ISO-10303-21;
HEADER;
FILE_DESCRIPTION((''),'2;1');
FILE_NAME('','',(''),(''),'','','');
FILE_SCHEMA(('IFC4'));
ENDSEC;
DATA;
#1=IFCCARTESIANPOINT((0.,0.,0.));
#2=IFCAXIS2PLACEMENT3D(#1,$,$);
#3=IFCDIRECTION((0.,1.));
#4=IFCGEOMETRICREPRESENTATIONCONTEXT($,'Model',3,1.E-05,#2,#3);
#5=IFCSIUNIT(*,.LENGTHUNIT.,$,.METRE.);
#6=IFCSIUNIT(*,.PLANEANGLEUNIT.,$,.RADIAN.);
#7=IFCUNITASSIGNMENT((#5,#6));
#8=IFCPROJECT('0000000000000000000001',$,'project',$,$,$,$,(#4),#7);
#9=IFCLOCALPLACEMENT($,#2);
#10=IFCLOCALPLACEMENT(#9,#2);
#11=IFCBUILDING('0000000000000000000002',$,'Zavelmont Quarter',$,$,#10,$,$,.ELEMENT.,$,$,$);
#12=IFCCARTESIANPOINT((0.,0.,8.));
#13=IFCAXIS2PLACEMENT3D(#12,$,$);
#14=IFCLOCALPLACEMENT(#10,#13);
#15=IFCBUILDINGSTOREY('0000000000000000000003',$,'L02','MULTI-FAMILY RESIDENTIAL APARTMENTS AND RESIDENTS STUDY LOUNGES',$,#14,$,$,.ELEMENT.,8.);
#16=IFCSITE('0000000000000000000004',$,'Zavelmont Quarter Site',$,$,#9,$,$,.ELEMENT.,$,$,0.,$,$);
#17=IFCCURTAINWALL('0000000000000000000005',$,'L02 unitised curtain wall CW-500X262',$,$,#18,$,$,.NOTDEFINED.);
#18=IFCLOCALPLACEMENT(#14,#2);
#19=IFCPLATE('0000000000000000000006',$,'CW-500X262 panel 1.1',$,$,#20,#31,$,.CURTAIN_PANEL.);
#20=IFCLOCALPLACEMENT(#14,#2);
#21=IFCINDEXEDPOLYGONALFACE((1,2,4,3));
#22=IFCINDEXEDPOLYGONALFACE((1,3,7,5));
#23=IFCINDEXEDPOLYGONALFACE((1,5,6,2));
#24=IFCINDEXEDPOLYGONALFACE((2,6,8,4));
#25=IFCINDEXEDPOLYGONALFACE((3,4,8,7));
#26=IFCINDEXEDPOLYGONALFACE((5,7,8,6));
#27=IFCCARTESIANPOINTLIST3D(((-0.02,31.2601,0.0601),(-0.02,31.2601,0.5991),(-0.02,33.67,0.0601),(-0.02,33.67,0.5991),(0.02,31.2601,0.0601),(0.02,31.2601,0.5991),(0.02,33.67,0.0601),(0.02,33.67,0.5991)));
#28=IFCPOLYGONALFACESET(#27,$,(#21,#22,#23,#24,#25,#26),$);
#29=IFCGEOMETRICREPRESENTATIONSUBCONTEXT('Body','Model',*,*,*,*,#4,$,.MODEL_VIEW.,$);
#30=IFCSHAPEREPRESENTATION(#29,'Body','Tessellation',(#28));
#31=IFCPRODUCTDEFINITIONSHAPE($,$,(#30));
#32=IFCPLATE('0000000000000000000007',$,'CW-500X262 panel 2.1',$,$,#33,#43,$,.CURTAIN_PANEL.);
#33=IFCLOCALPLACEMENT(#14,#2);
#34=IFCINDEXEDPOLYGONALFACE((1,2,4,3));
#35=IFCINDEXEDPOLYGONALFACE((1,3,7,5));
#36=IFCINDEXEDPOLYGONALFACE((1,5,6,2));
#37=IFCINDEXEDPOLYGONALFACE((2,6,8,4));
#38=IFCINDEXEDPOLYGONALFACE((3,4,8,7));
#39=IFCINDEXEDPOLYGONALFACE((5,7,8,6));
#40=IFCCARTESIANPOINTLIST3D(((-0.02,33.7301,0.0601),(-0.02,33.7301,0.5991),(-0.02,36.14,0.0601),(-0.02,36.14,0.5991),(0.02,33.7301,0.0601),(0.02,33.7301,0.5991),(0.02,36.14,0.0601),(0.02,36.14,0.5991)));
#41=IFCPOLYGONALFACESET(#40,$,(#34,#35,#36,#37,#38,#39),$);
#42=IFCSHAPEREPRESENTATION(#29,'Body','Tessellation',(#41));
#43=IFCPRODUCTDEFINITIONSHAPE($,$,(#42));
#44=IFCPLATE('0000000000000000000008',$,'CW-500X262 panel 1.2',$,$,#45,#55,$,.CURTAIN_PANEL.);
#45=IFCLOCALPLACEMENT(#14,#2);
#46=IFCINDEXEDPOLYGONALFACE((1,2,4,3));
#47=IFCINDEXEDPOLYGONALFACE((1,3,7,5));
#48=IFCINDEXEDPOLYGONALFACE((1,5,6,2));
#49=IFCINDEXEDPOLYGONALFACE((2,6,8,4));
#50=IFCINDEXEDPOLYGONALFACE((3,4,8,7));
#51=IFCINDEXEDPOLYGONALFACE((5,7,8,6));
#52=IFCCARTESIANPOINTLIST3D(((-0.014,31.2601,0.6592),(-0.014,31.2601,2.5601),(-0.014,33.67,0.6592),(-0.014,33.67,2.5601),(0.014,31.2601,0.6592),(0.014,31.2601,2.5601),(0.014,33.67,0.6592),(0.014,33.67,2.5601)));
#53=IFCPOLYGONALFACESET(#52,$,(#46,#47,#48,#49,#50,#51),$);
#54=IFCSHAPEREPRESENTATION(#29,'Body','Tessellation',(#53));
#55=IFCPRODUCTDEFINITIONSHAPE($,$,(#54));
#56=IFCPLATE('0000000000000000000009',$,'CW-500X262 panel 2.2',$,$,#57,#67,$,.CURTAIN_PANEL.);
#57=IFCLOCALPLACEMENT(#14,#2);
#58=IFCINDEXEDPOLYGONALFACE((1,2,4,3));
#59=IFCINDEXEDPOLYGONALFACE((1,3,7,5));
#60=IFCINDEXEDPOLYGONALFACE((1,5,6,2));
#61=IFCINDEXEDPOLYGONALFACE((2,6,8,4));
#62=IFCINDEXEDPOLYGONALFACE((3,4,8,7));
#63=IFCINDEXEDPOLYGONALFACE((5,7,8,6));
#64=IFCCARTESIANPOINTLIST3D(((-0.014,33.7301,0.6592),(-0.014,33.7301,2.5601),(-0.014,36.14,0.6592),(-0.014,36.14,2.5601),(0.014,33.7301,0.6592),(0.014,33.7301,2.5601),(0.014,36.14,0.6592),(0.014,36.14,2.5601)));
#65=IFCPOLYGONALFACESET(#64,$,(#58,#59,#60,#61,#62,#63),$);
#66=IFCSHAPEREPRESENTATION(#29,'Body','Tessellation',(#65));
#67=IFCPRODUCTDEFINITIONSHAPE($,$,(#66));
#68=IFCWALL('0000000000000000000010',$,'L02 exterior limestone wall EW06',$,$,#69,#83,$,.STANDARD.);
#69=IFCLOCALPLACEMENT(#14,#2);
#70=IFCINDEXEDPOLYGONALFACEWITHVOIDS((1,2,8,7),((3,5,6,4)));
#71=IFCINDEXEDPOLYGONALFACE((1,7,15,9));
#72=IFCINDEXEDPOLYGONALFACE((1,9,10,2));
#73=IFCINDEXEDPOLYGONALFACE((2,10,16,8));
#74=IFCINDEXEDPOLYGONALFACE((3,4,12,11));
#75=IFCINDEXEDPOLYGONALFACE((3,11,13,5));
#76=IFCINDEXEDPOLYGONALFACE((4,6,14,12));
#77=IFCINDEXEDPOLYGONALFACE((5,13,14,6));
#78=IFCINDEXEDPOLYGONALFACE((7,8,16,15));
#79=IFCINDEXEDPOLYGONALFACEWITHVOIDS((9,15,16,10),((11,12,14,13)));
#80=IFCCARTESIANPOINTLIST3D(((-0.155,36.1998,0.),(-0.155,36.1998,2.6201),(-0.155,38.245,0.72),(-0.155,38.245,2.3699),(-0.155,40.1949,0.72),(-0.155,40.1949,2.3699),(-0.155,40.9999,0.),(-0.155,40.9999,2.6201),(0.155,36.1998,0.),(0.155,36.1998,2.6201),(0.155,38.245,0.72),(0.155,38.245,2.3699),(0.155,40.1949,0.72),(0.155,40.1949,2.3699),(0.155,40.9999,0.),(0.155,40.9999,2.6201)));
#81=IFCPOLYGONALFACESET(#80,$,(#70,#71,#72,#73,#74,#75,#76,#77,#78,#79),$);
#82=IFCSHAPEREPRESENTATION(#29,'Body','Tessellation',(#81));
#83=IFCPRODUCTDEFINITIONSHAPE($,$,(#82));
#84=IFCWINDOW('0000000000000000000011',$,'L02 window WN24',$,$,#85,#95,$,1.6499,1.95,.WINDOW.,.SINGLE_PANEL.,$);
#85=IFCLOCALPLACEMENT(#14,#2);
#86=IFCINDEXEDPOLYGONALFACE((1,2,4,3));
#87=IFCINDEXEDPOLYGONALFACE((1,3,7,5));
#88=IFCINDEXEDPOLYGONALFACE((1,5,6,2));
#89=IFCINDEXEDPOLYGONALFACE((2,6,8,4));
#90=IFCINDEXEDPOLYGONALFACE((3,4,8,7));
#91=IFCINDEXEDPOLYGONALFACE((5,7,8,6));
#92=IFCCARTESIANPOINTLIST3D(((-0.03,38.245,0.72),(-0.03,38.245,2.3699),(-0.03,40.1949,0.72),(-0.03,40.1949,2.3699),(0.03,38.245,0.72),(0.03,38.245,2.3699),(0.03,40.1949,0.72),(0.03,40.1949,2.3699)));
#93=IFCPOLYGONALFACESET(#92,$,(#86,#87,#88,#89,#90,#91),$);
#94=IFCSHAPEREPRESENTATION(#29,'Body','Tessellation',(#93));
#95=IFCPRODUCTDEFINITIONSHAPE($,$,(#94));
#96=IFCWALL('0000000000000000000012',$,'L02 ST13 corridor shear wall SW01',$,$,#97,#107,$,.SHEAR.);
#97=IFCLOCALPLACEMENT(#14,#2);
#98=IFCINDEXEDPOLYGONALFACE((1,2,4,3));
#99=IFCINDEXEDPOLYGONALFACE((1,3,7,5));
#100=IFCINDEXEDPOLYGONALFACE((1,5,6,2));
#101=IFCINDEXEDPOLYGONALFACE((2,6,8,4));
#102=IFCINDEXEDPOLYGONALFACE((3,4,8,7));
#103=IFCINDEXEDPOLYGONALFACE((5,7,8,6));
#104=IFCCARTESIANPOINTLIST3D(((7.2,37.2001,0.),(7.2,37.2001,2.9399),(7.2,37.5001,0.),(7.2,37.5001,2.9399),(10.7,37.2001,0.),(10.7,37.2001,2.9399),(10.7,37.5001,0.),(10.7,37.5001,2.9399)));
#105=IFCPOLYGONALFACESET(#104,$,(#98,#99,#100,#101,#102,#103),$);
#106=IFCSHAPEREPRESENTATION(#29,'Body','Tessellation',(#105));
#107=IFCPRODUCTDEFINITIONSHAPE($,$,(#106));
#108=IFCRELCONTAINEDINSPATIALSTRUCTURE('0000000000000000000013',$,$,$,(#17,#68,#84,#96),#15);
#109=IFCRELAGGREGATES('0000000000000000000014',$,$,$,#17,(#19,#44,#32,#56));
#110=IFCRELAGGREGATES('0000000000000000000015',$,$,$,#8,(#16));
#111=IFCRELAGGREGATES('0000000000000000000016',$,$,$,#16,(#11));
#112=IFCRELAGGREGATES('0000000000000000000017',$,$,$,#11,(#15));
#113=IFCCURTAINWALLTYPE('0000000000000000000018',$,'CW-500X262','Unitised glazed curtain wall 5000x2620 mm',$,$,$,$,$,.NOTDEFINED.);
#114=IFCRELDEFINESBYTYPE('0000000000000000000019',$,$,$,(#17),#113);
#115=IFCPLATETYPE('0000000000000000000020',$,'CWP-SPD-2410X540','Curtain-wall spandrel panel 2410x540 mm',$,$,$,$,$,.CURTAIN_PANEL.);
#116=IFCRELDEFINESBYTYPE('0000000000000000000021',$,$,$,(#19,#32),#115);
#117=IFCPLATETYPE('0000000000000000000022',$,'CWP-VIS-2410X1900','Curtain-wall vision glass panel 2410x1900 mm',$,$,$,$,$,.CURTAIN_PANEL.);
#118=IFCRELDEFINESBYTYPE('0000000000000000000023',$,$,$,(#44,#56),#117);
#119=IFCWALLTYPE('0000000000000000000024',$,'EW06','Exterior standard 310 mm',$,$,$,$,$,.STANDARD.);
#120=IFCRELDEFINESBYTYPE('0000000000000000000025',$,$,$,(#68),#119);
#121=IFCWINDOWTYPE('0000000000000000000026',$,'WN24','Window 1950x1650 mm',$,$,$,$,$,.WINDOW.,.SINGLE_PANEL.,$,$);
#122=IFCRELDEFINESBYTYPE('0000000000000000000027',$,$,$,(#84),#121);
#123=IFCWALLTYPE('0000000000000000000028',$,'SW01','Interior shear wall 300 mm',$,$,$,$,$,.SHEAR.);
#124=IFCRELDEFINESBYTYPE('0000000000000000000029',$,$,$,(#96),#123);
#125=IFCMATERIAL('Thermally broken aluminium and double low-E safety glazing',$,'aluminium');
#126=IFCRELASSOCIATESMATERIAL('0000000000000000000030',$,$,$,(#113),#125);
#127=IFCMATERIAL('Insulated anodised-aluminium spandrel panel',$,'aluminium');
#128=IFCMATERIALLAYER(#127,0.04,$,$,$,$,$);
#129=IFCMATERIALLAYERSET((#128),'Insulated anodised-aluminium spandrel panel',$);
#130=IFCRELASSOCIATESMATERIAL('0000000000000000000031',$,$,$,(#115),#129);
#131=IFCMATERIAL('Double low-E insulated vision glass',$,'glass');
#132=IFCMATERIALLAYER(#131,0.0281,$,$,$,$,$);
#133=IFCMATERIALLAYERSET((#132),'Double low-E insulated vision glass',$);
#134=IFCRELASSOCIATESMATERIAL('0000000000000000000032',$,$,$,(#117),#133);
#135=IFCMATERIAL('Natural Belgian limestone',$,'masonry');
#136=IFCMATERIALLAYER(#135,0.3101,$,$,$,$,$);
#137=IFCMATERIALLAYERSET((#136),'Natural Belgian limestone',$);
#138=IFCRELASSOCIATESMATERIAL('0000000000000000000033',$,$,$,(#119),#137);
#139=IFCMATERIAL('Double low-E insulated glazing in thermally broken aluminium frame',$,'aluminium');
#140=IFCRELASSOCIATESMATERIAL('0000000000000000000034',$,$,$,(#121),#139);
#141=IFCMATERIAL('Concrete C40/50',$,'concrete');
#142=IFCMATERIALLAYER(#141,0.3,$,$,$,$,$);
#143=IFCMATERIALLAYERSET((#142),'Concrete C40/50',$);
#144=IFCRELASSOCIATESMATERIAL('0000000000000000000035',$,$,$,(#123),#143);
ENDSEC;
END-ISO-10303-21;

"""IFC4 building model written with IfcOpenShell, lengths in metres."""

from ifc_helpers import new_model, si_unit, direction, frame, frame_2d, origin, origin_with_axes, origin_2d, place, context, subcontext, project, spatial, rectangle, extrude, material, layer, layer_set, type_object, element, fill, aggregate, save


model = new_model("IFC4")

# Units and contexts
model_context = context("Model", 3, precision=1e-05, world=origin(), true_north=direction((0.0, 1.0)))
body_context = subcontext(model_context, "Body", "Model", "MODEL_VIEW")
ifc_project = project(units=[si_unit("LENGTHUNIT", "METRE"), si_unit("PLANEANGLEUNIT", "RADIAN")], contexts=[model_context])

# Site, building, storey
site_placement = place(None, origin())
site = spatial("IfcSite", under=ifc_project, at=site_placement, Name="Zavelmont Quarter Site", CompositionType="ELEMENT", RefElevation=0.0)
building_placement = place(site_placement, origin())
building = spatial("IfcBuilding", under=site, at=building_placement, Name="Zavelmont Quarter", CompositionType="ELEMENT")
storey_placement = place(building_placement, frame((0.0, 0.0, 8.0)))
storey = spatial("IfcBuildingStorey", under=building, at=storey_placement, Name="L02", Description="MULTI-FAMILY RESIDENTIAL APARTMENTS AND RESIDENTS STUDY LOUNGES", CompositionType="ELEMENT", Elevation=8.0)

# Curtain wall, plates
ifc_material_1 = material(Name="Thermally broken aluminium and double low-E safety glazing", Category="aluminium")
curtain_wall_type = type_object("IfcCurtainWallType", Name="CW-500X262", Description="Unitised glazed curtain wall 5000x2620 mm", PredefinedType="NOTDEFINED", material=ifc_material_1)
curtain_wall_placement = place(storey_placement, origin())
curtain_wall = element("IfcCurtainWall", 1, at=curtain_wall_placement, inside=storey, type_object=curtain_wall_type, Name="L02 unitised curtain wall CW-500X262", PredefinedType="NOTDEFINED")
ifc_material_2 = material(Name="Insulated anodised-aluminium spandrel panel", Category="aluminium")
ifc_layer_1 = layer(ifc_material_2, 0.04)
ifc_layer_set_1 = layer_set([ifc_layer_1], Name="Insulated anodised-aluminium spandrel panel")
plate_type_1 = type_object("IfcPlateType", Name="CWP-SPD-2410X540", Description="Curtain-wall spandrel panel 2410x540 mm", PredefinedType="CURTAIN_PANEL", material=ifc_layer_set_1)
plate_1_placement = place(storey_placement, frame((0.0, 32.4651, 0.0601), z_axis=(0.0, 0.0, 1.0), x_axis=(0.0, 1.0, 0.0)))
plate_1 = element("IfcPlate", 2, at=plate_1_placement, type_object=plate_type_1, Name="CW-500X262 panel 1.1", PredefinedType="CURTAIN_PANEL", context=body_context, shape_type="SweptSolid", body=[
    extrude(rectangle(XDim=2.4099, YDim=0.04, at=origin_2d()), origin(), (0.0, 0.0, 1.0), 0.5391),
])
plate_2_placement = place(storey_placement, frame((0.0, 34.9351, 0.0601), z_axis=(0.0, 0.0, 1.0), x_axis=(0.0, 1.0, 0.0)))
plate_2 = element("IfcPlate", 3, at=plate_2_placement, type_object=plate_type_1, Name="CW-500X262 panel 2.1", PredefinedType="CURTAIN_PANEL", context=body_context, shape_type="SweptSolid", body=[
    extrude(rectangle(XDim=2.4099, YDim=0.04, at=origin_2d()), origin(), (0.0, 0.0, 1.0), 0.5391),
])
ifc_material_3 = material(Name="Double low-E insulated vision glass", Category="glass")
ifc_layer_2 = layer(ifc_material_3, 0.0281)
ifc_layer_set_2 = layer_set([ifc_layer_2], Name="Double low-E insulated vision glass")
plate_type_2 = type_object("IfcPlateType", Name="CWP-VIS-2410X1900", Description="Curtain-wall vision glass panel 2410x1900 mm", PredefinedType="CURTAIN_PANEL", material=ifc_layer_set_2)
plate_3_placement = place(storey_placement, frame((0.0, 32.4651, 0.6592), z_axis=(0.0, 0.0, 1.0), x_axis=(0.0, 1.0, 0.0)))
plate_3 = element("IfcPlate", 4, at=plate_3_placement, type_object=plate_type_2, Name="CW-500X262 panel 1.2", PredefinedType="CURTAIN_PANEL", context=body_context, shape_type="SweptSolid", body=[
    extrude(rectangle(XDim=2.4099, YDim=0.0281, at=origin_2d()), origin(), (0.0, 0.0, 1.0), 1.9009),
])
plate_4_placement = place(storey_placement, frame((0.0, 34.9351, 0.6592), z_axis=(0.0, 0.0, 1.0), x_axis=(0.0, 1.0, 0.0)))
plate_4 = element("IfcPlate", 5, at=plate_4_placement, type_object=plate_type_2, Name="CW-500X262 panel 2.2", PredefinedType="CURTAIN_PANEL", context=body_context, shape_type="SweptSolid", body=[
    extrude(rectangle(XDim=2.4099, YDim=0.0281, at=origin_2d()), origin(), (0.0, 0.0, 1.0), 1.9009),
])
aggregate(curtain_wall, [plate_1, plate_3, plate_2, plate_4])

# Wall, opening, window
ifc_material_4 = material(Name="Natural Belgian limestone", Category="masonry")
ifc_layer_3 = layer(ifc_material_4, 0.3101)
ifc_layer_set_3 = layer_set([ifc_layer_3], Name="Natural Belgian limestone")
wall_type_1 = type_object("IfcWallType", Name="EW06", Description="Exterior standard 310 mm", PredefinedType="STANDARD", material=ifc_layer_set_3)
wall_1_placement = place(storey_placement, frame((0.0, 36.2, 0.0), z_axis=(0.0, 0.0, 1.0), x_axis=(0.0, 1.0, 0.0)))
wall_1 = element("IfcWall", 6, at=wall_1_placement, inside=storey, type_object=wall_type_1, Name="L02 exterior limestone wall EW06", PredefinedType="STANDARD", context=body_context, shape_type="SweptSolid", body=[
    extrude(rectangle(XDim=4.8, YDim=0.3101, at=frame_2d((2.3999, 0.0))), origin(), (0.0, 0.0, 1.0), 2.6201),
])
opening_placement = place(wall_1_placement, frame((2.0449, 0.0, 0.72)))
opening = element("IfcOpeningElement", 7, at=opening_placement, cuts=wall_1, PredefinedType="OPENING", context=body_context, shape_type="SweptSolid", body=[
    extrude(rectangle(XDim=1.95, YDim=1.6499, at=frame_2d((0.9751, 0.825))), frame((0.0, 0.167, 0.0), z_axis=(0.0, -1.0, 0.0), x_axis=(1.0, 0.0, 0.0)), (0.0, 0.0, 1.0), 0.334),
])
ifc_material_5 = material(Name="Double low-E insulated glazing in thermally broken aluminium frame", Category="aluminium")
window_type = type_object("IfcWindowType", Name="WN24", Description="Window 1950x1650 mm", PartitioningType="SINGLE_PANEL", PredefinedType="WINDOW", material=ifc_material_5)
window_placement = place(opening_placement, origin_with_axes())
window = element("IfcWindow", 8, at=window_placement, inside=storey, type_object=window_type, Name="L02 window WN24", OverallHeight=1.6499, OverallWidth=1.95, PartitioningType="SINGLE_PANEL", PredefinedType="WINDOW", context=body_context, shape_type="SweptSolid", body=[
    extrude(rectangle(XDim=1.95, YDim=1.6499, at=frame_2d((0.9751, 0.825))), frame((0.0, 0.03, 0.0), z_axis=(0.0, -1.0, 0.0), x_axis=(1.0, 0.0, 0.0)), (0.0, 0.0, 1.0), 0.0601),
])
fill(opening, window)

# Wall
ifc_material_6 = material(Name="Concrete C40/50", Category="concrete")
ifc_layer_4 = layer(ifc_material_6, 0.3)
ifc_layer_set_4 = layer_set([ifc_layer_4], Name="Concrete C40/50")
wall_type_2 = type_object("IfcWallType", Name="SW01", Description="Interior shear wall 300 mm", PredefinedType="SHEAR", material=ifc_layer_set_4)
wall_2_placement = place(storey_placement, frame((7.2, 37.3501, 0.0), z_axis=(0.0, 0.0, 1.0), x_axis=(1.0, 0.0, 0.0)))
element("IfcWall", 9, at=wall_2_placement, inside=storey, type_object=wall_type_2, Name="L02 ST13 corridor shear wall SW01", PredefinedType="SHEAR", context=body_context, shape_type="SweptSolid", body=[
    extrude(rectangle(XDim=3.5, YDim=0.3, at=frame_2d((1.75, 0.0))), origin(), (0.0, 0.0, 1.0), 2.9399),
])

save(model, "model.ifc")
